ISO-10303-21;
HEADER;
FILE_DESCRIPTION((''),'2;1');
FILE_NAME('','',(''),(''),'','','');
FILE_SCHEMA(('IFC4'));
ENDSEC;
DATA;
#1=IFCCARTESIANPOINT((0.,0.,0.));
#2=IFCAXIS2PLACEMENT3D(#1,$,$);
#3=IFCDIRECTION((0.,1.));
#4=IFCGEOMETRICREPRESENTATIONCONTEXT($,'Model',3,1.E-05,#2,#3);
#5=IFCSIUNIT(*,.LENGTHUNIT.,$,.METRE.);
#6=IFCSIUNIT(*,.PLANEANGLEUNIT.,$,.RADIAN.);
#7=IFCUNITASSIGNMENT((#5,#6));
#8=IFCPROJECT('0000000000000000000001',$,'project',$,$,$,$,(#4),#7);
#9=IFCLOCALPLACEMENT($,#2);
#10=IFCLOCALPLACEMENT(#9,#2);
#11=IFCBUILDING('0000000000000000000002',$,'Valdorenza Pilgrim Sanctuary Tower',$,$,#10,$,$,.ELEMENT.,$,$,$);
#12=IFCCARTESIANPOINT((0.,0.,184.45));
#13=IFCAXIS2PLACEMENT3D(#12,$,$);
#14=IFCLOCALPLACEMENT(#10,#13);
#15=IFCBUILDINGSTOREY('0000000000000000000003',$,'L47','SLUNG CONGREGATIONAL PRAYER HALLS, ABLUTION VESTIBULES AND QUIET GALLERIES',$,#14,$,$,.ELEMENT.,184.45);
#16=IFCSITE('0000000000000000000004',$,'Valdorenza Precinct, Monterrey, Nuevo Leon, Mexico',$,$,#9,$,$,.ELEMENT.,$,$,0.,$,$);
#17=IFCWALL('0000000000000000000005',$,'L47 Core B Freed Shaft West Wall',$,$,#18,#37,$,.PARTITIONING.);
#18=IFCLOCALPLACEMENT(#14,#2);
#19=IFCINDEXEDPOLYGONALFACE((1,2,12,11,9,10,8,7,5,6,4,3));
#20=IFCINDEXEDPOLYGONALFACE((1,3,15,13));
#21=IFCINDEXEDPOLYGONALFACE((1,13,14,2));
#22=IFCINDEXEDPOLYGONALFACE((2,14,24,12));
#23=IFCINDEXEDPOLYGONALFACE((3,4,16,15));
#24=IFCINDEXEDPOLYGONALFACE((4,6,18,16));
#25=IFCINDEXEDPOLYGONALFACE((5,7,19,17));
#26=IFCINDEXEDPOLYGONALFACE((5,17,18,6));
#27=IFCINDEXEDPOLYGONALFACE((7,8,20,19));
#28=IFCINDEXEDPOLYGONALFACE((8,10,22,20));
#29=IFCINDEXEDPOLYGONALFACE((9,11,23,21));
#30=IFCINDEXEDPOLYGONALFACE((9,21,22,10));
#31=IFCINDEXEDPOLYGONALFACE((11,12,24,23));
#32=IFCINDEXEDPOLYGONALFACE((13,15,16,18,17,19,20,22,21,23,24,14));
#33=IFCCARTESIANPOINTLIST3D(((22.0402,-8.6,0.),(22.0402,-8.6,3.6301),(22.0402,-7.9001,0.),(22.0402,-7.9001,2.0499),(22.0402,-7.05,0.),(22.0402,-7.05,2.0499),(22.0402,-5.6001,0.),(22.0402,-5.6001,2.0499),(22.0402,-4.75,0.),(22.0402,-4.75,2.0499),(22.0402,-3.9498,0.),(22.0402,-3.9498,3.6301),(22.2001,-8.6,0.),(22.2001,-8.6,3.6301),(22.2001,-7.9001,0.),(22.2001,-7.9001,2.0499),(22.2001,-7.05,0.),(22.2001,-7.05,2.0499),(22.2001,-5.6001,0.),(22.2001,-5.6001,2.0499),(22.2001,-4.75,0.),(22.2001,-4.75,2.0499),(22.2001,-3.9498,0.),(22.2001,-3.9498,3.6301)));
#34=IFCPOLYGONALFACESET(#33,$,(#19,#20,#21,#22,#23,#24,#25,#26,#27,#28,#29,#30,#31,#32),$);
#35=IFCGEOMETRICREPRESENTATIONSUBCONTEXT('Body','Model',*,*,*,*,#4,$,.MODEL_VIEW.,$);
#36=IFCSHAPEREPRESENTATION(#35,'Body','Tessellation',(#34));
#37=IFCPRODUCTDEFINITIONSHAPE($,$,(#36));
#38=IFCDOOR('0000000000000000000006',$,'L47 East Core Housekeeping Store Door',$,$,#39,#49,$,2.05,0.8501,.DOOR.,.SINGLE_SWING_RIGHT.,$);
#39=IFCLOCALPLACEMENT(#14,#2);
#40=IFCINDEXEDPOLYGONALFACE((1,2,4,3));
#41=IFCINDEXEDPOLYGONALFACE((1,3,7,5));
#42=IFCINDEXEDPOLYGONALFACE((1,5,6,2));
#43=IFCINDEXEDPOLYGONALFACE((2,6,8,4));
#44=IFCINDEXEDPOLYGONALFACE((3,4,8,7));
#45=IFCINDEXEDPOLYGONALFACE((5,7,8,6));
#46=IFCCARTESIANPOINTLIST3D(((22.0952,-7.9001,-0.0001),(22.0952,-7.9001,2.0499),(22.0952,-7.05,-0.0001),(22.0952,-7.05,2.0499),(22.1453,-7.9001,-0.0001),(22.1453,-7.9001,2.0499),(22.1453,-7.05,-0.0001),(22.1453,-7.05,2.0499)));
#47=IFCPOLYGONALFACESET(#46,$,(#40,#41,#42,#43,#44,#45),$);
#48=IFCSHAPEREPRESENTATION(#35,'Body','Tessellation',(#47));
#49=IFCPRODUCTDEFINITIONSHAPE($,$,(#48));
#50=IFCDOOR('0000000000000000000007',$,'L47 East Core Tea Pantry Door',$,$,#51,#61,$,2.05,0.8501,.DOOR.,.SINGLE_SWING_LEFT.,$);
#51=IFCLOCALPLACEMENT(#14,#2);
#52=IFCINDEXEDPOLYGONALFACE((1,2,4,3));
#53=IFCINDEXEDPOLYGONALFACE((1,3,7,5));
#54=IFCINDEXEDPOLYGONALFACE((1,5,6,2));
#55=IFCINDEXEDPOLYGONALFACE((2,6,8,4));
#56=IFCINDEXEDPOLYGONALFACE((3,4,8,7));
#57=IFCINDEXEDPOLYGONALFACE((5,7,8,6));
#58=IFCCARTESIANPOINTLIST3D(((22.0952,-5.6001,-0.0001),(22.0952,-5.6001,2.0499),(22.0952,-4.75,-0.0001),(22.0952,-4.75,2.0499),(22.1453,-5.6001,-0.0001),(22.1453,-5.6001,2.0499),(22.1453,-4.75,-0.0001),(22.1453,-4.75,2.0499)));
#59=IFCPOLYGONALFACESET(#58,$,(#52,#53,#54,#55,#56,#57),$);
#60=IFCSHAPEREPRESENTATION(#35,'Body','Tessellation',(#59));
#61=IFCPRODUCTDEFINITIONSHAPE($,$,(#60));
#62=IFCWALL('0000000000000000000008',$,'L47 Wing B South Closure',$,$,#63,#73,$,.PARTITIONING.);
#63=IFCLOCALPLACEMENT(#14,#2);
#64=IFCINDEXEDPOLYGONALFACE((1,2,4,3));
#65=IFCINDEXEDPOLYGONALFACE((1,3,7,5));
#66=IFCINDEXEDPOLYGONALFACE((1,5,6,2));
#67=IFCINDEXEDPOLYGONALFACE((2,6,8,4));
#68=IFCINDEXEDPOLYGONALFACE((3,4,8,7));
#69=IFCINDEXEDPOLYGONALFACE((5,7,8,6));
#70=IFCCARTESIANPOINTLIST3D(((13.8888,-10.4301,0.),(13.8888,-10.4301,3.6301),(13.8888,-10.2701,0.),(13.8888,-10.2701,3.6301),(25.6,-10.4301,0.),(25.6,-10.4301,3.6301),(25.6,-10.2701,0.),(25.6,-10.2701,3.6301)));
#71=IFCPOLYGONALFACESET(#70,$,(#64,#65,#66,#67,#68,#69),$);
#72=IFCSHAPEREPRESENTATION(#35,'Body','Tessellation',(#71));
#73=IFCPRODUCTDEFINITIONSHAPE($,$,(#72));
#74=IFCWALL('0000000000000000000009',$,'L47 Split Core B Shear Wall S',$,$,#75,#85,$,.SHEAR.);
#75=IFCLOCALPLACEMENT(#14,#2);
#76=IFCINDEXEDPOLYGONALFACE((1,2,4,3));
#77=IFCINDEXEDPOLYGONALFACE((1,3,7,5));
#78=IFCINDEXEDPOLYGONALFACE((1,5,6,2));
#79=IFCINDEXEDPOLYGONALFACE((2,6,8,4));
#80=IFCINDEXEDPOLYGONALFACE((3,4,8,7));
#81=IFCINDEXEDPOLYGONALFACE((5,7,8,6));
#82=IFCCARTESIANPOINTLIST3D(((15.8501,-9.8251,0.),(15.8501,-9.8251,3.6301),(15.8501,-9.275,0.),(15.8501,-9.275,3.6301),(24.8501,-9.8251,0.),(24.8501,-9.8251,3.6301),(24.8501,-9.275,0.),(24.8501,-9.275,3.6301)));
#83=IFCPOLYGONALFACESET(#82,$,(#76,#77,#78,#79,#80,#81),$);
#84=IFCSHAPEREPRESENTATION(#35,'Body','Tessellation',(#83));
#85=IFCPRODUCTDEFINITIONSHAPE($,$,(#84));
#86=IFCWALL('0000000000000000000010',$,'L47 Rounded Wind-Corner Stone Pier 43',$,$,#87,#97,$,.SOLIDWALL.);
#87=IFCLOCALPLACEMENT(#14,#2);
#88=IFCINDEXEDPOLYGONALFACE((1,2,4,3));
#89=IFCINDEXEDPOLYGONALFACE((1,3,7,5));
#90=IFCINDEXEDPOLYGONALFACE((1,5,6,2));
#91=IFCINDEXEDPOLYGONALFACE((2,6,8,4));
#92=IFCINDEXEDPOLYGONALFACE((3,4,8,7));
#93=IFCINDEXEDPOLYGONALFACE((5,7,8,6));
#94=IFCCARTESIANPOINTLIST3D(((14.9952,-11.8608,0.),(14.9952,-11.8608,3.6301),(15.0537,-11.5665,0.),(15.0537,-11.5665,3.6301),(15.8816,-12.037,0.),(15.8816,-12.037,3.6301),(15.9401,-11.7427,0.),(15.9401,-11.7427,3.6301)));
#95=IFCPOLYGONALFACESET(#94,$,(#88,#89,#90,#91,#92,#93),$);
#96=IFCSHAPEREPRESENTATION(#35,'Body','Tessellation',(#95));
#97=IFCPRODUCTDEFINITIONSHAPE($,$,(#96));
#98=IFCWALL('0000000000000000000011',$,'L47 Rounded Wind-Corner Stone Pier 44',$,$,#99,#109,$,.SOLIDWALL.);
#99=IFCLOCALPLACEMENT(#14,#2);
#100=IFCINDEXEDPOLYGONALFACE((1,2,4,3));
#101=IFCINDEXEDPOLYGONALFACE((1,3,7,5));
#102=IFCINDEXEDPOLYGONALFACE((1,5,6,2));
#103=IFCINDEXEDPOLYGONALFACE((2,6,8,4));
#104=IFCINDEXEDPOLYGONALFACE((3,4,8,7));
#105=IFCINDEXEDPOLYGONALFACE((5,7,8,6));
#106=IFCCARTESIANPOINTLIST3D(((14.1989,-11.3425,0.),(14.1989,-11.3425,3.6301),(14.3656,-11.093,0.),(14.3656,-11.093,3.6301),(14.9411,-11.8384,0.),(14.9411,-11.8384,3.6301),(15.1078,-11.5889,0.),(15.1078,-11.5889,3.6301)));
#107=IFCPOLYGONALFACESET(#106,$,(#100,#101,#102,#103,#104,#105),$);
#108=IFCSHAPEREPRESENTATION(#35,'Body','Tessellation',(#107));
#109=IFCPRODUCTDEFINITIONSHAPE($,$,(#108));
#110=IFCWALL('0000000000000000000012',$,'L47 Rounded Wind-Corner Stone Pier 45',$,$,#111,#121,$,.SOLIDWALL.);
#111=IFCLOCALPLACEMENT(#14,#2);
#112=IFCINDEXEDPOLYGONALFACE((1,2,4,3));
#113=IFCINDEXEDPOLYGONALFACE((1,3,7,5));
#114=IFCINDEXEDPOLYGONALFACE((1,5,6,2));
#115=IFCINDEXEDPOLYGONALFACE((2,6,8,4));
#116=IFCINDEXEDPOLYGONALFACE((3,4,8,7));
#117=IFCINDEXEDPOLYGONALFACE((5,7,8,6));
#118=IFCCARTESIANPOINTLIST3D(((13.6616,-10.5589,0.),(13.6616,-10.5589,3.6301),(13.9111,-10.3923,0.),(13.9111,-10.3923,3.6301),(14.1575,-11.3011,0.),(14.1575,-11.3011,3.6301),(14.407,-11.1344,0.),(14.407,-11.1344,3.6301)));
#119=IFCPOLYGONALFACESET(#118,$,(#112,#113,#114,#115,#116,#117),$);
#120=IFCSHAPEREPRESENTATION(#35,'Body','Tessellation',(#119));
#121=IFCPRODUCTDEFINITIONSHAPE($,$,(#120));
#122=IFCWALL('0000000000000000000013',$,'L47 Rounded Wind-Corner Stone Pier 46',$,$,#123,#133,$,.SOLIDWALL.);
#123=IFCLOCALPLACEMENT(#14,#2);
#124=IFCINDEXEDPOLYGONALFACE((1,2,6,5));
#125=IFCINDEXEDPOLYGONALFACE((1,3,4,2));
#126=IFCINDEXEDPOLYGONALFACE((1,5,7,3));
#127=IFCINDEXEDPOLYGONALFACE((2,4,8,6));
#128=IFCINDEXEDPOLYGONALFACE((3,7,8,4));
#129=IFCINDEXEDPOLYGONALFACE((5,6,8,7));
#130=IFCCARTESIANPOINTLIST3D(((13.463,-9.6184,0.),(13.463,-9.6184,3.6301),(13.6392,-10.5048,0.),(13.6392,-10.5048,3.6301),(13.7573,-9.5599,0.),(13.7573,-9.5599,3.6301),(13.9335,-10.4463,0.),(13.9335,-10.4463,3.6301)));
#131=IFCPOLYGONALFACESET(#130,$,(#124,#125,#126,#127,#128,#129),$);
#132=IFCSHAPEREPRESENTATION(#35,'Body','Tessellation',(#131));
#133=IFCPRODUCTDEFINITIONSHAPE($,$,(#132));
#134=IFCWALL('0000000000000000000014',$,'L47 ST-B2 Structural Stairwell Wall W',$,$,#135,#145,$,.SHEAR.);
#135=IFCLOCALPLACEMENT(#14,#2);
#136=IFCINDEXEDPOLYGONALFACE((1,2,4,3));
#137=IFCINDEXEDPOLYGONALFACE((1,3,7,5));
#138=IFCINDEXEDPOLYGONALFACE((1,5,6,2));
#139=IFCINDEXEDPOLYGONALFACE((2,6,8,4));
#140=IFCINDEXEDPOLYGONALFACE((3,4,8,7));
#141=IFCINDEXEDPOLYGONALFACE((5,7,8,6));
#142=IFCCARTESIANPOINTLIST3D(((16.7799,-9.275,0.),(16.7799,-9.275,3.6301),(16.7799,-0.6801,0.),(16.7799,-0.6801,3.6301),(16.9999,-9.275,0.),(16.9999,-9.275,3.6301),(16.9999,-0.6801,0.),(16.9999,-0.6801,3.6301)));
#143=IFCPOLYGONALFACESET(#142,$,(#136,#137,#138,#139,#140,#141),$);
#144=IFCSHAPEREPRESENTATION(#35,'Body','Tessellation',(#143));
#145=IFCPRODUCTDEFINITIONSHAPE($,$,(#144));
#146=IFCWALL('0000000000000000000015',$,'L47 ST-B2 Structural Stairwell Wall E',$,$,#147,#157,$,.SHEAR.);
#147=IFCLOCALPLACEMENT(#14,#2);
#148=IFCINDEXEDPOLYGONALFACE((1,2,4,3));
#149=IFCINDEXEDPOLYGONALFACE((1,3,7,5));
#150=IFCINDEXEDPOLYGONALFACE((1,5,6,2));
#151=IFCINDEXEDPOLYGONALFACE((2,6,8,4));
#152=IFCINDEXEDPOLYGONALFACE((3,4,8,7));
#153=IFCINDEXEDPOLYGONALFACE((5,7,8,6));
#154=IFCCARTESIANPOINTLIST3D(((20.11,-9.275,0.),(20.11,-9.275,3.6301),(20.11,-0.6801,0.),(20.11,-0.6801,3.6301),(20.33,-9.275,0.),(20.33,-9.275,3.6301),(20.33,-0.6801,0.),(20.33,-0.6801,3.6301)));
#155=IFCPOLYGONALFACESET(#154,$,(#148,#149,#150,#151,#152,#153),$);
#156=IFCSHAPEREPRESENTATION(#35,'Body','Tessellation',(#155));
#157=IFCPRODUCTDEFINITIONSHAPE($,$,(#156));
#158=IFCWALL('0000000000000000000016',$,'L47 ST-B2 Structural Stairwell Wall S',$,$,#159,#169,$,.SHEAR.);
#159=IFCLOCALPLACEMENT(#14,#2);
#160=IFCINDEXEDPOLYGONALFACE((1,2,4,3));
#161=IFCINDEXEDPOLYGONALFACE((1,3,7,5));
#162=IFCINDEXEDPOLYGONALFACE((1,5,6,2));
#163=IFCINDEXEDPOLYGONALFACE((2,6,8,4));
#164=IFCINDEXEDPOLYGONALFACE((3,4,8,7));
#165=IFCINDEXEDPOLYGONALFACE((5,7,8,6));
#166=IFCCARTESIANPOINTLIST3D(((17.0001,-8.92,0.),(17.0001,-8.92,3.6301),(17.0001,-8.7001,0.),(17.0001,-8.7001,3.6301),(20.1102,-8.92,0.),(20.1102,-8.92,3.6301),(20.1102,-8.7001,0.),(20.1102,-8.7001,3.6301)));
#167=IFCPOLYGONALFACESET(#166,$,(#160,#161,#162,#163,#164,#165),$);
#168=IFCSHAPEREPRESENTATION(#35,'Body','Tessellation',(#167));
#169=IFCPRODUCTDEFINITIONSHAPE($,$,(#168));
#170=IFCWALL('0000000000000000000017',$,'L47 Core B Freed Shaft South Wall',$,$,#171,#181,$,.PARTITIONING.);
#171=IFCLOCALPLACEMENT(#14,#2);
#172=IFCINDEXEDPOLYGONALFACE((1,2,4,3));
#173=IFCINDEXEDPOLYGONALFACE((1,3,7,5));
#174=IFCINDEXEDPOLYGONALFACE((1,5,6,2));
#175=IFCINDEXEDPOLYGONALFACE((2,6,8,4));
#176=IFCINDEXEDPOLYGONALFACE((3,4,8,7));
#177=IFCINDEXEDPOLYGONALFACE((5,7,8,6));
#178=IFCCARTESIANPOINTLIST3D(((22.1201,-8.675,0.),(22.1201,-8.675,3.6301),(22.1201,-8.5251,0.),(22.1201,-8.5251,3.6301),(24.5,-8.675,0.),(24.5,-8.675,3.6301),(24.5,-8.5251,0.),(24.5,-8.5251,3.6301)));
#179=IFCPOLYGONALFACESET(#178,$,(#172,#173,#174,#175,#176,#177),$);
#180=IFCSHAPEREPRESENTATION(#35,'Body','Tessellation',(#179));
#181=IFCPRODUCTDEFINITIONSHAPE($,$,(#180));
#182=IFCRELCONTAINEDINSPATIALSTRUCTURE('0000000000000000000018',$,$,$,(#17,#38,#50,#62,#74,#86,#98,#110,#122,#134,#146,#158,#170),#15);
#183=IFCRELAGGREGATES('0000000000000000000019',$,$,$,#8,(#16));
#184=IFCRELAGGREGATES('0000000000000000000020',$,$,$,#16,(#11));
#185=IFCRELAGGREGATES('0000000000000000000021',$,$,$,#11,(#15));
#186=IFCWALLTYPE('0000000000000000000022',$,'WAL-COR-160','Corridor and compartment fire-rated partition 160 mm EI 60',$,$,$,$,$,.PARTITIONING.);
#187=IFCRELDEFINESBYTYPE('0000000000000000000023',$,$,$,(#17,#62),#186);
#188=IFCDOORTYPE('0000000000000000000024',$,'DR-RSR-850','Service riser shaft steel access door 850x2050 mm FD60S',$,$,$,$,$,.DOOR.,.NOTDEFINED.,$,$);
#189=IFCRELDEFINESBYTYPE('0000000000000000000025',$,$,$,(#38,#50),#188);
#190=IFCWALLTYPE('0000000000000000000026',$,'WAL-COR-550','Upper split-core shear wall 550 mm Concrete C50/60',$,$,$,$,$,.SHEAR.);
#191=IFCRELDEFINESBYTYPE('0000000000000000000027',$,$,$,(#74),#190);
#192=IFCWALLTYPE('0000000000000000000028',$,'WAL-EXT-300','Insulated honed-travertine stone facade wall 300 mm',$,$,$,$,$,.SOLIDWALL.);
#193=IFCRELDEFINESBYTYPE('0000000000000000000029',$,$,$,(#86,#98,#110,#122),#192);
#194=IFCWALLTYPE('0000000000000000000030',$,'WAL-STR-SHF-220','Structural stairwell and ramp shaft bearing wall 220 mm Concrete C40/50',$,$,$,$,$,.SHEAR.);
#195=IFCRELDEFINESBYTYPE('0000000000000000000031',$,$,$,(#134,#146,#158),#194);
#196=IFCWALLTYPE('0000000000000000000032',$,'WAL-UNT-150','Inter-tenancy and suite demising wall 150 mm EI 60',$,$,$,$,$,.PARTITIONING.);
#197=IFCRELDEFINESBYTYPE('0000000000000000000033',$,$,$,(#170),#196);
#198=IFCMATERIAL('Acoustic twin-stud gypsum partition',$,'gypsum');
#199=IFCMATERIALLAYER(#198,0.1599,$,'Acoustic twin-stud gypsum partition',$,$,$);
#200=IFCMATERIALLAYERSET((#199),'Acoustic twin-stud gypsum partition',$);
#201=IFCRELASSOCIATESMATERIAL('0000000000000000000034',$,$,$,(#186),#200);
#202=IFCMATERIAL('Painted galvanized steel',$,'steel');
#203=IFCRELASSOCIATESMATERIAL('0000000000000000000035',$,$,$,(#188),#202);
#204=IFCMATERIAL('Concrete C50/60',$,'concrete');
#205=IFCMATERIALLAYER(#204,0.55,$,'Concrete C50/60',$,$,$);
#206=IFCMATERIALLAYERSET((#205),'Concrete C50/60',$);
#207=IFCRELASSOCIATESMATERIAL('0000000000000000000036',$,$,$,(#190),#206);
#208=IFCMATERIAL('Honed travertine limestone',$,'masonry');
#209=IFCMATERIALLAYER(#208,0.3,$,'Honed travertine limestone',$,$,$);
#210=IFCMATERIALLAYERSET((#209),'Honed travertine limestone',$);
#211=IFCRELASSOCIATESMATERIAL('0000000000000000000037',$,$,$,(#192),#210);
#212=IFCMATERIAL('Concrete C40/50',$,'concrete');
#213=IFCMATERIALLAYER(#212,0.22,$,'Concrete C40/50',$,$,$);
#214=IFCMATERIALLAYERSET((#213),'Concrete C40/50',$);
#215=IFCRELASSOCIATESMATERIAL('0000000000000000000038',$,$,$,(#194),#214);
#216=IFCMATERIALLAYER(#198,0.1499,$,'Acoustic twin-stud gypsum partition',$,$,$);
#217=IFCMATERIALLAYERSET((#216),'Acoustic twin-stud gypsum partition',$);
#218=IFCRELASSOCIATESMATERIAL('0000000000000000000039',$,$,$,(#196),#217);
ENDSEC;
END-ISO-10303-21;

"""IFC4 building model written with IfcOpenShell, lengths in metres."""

from ifc_helpers import new_model, si_unit, direction, frame, frame_2d, origin, place, context, subcontext, project, spatial, rectangle, extrude, material, layer, layer_set, type_object, element, fill, save


model = new_model("IFC4")

# Units and contexts
model_context = context("Model", 3, precision=1e-05, world=origin(), true_north=direction((0.0, 1.0)))
body_context = subcontext(model_context, "Body", "Model", "MODEL_VIEW")
ifc_project = project(units=[si_unit("LENGTHUNIT", "METRE"), si_unit("PLANEANGLEUNIT", "RADIAN")], contexts=[model_context])

# Site, building, storey
site_placement = place(None, origin())
site = spatial("IfcSite", under=ifc_project, at=site_placement, Name="Valdorenza Precinct, Monterrey, Nuevo Leon, Mexico", CompositionType="ELEMENT", RefElevation=0.0)
building_placement = place(site_placement, origin())
building = spatial("IfcBuilding", under=site, at=building_placement, Name="Valdorenza Pilgrim Sanctuary Tower", CompositionType="ELEMENT")
storey_placement = place(building_placement, frame((0.0, 0.0, 184.45)))
storey = spatial("IfcBuildingStorey", under=building, at=storey_placement, Name="L47", Description="SLUNG CONGREGATIONAL PRAYER HALLS, ABLUTION VESTIBULES AND QUIET GALLERIES", CompositionType="ELEMENT", Elevation=184.45)

# Shared definitions
ifc_material_1 = material(Name="Concrete C50/60", Category="concrete")

# Shared definitions
ifc_material_2 = material(Name="Acoustic twin-stud gypsum partition", Category="gypsum")
ifc_layer_1 = layer(ifc_material_2, 0.1599, Name="Acoustic twin-stud gypsum partition")
ifc_layer_set_1 = layer_set([ifc_layer_1], Name="Acoustic twin-stud gypsum partition")
wall_type_1 = type_object("IfcWallType", Name="WAL-COR-160", Description="Corridor and compartment fire-rated partition 160 mm EI 60", PredefinedType="PARTITIONING", material=ifc_layer_set_1)

# Wall, openings, doors
wall_1_placement = place(storey_placement, frame((22.1201, -8.6001, 0.0), z_axis=(0.0, 0.0, 1.0), x_axis=(0.0, 1.0, 0.0)))
wall_1 = element("IfcWall", 1, at=wall_1_placement, inside=storey, type_object=wall_type_1, Name="L47 Core B Freed Shaft West Wall", PredefinedType="PARTITIONING", context=body_context, shape_type="SweptSolid", body=[
    extrude(rectangle(XDim=4.6501, YDim=0.1599, at=frame_2d((2.3252, 0.0))), origin(), (0.0, 0.0, 1.0), 3.6301),
])
opening_1_placement = place(wall_1_placement, frame((0.7, 0.0, 0.0)))
opening_1 = element("IfcOpeningElement", 2, at=opening_1_placement, cuts=wall_1, PredefinedType="OPENING", context=body_context, shape_type="SweptSolid", body=[
    extrude(rectangle(XDim=0.8501, YDim=2.05, at=frame_2d((0.425, 1.0249))), frame((0.0, 0.0947, 0.0), z_axis=(0.0, -1.0, 0.0), x_axis=(1.0, 0.0, 0.0)), (0.0, 0.0, 1.0), 0.1897),
])
opening_2_placement = place(wall_1_placement, frame((3.0, 0.0, 0.0)))
opening_2 = element("IfcOpeningElement", 3, at=opening_2_placement, cuts=wall_1, PredefinedType="OPENING", context=body_context, shape_type="SweptSolid", body=[
    extrude(rectangle(XDim=0.8501, YDim=2.05, at=frame_2d((0.425, 1.0249))), frame((0.0, 0.0947, 0.0), z_axis=(0.0, -1.0, 0.0), x_axis=(1.0, 0.0, 0.0)), (0.0, 0.0, 1.0), 0.1897),
])
ifc_material_3 = material(Name="Painted galvanized steel", Category="steel")
door_type = type_object("IfcDoorType", Name="DR-RSR-850", Description="Service riser shaft steel access door 850x2050 mm FD60S", OperationType="NOTDEFINED", PredefinedType="DOOR", material=ifc_material_3)
door_1_placement = place(opening_1_placement, origin())
door_1 = element("IfcDoor", 4, at=door_1_placement, inside=storey, type_object=door_type, Name="L47 East Core Housekeeping Store Door", OperationType="SINGLE_SWING_RIGHT", OverallHeight=2.05, OverallWidth=0.8501, PredefinedType="DOOR", context=body_context, shape_type="SweptSolid", body=[
    extrude(rectangle(XDim=0.8501, YDim=2.05, at=frame_2d((0.425, 1.0249))), frame((0.0, 0.0249, 0.0), z_axis=(0.0, -1.0, 0.0), x_axis=(1.0, 0.0, 0.0)), (0.0, 0.0, 1.0), 0.05),
])
fill(opening_1, door_1)
door_2_placement = place(opening_2_placement, origin())
door_2 = element("IfcDoor", 5, at=door_2_placement, inside=storey, type_object=door_type, Name="L47 East Core Tea Pantry Door", OperationType="SINGLE_SWING_LEFT", OverallHeight=2.05, OverallWidth=0.8501, PredefinedType="DOOR", context=body_context, shape_type="SweptSolid", body=[
    extrude(rectangle(XDim=0.8501, YDim=2.05, at=frame_2d((0.425, 1.0249))), frame((0.0, 0.0249, 0.0), z_axis=(0.0, -1.0, 0.0), x_axis=(1.0, 0.0, 0.0)), (0.0, 0.0, 1.0), 0.05),
])
fill(opening_2, door_2)

# Walls
wall_2_placement = place(storey_placement, frame((13.8889, -10.3501, 0.0), z_axis=(0.0, 0.0, 1.0), x_axis=(1.0, 0.0, 0.0)))
element("IfcWall", 6, at=wall_2_placement, inside=storey, type_object=wall_type_1, Name="L47 Wing B South Closure", PredefinedType="PARTITIONING", context=body_context, shape_type="SweptSolid", body=[
    extrude(rectangle(XDim=11.7112, YDim=0.1599, at=frame_2d((5.8555, 0.0))), origin(), (0.0, 0.0, 1.0), 3.6301),
])
ifc_layer_2 = layer(ifc_material_1, 0.55, Name="Concrete C50/60")
ifc_layer_set_2 = layer_set([ifc_layer_2], Name="Concrete C50/60")
wall_type_2 = type_object("IfcWallType", Name="WAL-COR-550", Description="Upper split-core shear wall 550 mm Concrete C50/60", PredefinedType="SHEAR", material=ifc_layer_set_2)
wall_3_placement = place(storey_placement, frame((15.8501, -9.55, 0.0), z_axis=(0.0, 0.0, 1.0), x_axis=(1.0, 0.0, 0.0)))
element("IfcWall", 7, at=wall_3_placement, inside=storey, type_object=wall_type_2, Name="L47 Split Core B Shear Wall S", PredefinedType="SHEAR", context=body_context, shape_type="SweptSolid", body=[
    extrude(rectangle(XDim=9.0, YDim=0.55, at=frame_2d((4.5, 0.0))), origin(), (0.0, 0.0, 1.0), 3.6301),
])
ifc_material_4 = material(Name="Honed travertine limestone", Category="masonry")
ifc_layer_3 = layer(ifc_material_4, 0.3, Name="Honed travertine limestone")
ifc_layer_set_3 = layer_set([ifc_layer_3], Name="Honed travertine limestone")
wall_type_3 = type_object("IfcWallType", Name="WAL-EXT-300", Description="Insulated honed-travertine stone facade wall 300 mm", PredefinedType="SOLIDWALL", material=ifc_layer_set_3)
wall_4_placement = place(storey_placement, frame((15.9109, -11.8899, 0.0), z_axis=(0.0, 0.0, 1.0), x_axis=(-0.980798, 0.195025, 0.0)))
element("IfcWall", 8, at=wall_4_placement, inside=storey, type_object=wall_type_3, Name="L47 Rounded Wind-Corner Stone Pier 43", PredefinedType="SOLIDWALL", context=body_context, shape_type="SweptSolid", body=[
    extrude(rectangle(XDim=0.9038, YDim=0.3, at=frame_2d((0.4519, 0.0))), origin(), (0.0, 0.0, 1.0), 3.6301),
])
for number, where, z_axis, x_axis, name in (
    (9, (15.0244, -11.7136, 0.0), (0.0, 0.0, 1.0), (-0.831503, 0.55552, 0.0), "L47 Rounded Wind-Corner Stone Pier 44"),
    (10, (14.2822, -11.2178, 0.0), (0.0, 0.0, 1.0), (-0.55552, 0.831503, 0.0), "L47 Rounded Wind-Corner Stone Pier 45"),
):
    element("IfcWall", number, at=place(storey_placement, frame(where, z_axis=z_axis, x_axis=x_axis)), inside=storey, type_object=wall_type_3, Name=name, PredefinedType="SOLIDWALL", context=body_context, shape_type="SweptSolid", body=[
        extrude(rectangle(XDim=0.8926, YDim=0.3, at=frame_2d((0.4463, 0.0))), origin(), (0.0, 0.0, 1.0), 3.6301),
    ])
wall_5_placement = place(storey_placement, frame((13.7864, -10.4756, 0.0), z_axis=(0.0, 0.0, 1.0), x_axis=(-0.195025, 0.980798, 0.0)))
element("IfcWall", 11, at=wall_5_placement, inside=storey, type_object=wall_type_3, Name="L47 Rounded Wind-Corner Stone Pier 46", PredefinedType="SOLIDWALL", context=body_context, shape_type="SweptSolid", body=[
    extrude(rectangle(XDim=0.9038, YDim=0.3, at=frame_2d((0.4519, 0.0))), origin(), (0.0, 0.0, 1.0), 3.6301),
])
ifc_material_5 = material(Name="Concrete C40/50", Category="concrete")
ifc_layer_4 = layer(ifc_material_5, 0.22, Name="Concrete C40/50")
ifc_layer_set_4 = layer_set([ifc_layer_4], Name="Concrete C40/50")
wall_type_4 = type_object("IfcWallType", Name="WAL-STR-SHF-220", Description="Structural stairwell and ramp shaft bearing wall 220 mm Concrete C40/50", PredefinedType="SHEAR", material=ifc_layer_set_4)
for number, where, z_axis, x_axis, name in (
    (12, (16.8899, -9.2749, 0.0), (0.0, 0.0, 1.0), (0.0, 1.0, 0.0), "L47 ST-B2 Structural Stairwell Wall W"),
    (13, (20.22, -9.2749, 0.0), (0.0, 0.0, 1.0), (0.0, 1.0, 0.0), "L47 ST-B2 Structural Stairwell Wall E"),
):
    element("IfcWall", number, at=place(storey_placement, frame(where, z_axis=z_axis, x_axis=x_axis)), inside=storey, type_object=wall_type_4, Name=name, PredefinedType="SHEAR", context=body_context, shape_type="SweptSolid", body=[
        extrude(rectangle(XDim=8.595, YDim=0.22, at=frame_2d((4.2974, 0.0))), origin(), (0.0, 0.0, 1.0), 3.6301),
    ])
wall_6_placement = place(storey_placement, frame((17.0, -8.8101, 0.0), z_axis=(0.0, 0.0, 1.0), x_axis=(1.0, 0.0, 0.0)))
element("IfcWall", 14, at=wall_6_placement, inside=storey, type_object=wall_type_4, Name="L47 ST-B2 Structural Stairwell Wall S", PredefinedType="SHEAR", context=body_context, shape_type="SweptSolid", body=[
    extrude(rectangle(XDim=3.1101, YDim=0.22, at=frame_2d((1.5552, 0.0))), origin(), (0.0, 0.0, 1.0), 3.6301),
])
ifc_layer_5 = layer(ifc_material_2, 0.1499, Name="Acoustic twin-stud gypsum partition")
ifc_layer_set_5 = layer_set([ifc_layer_5], Name="Acoustic twin-stud gypsum partition")
wall_type_5 = type_object("IfcWallType", Name="WAL-UNT-150", Description="Inter-tenancy and suite demising wall 150 mm EI 60", PredefinedType="PARTITIONING", material=ifc_layer_set_5)
wall_7_placement = place(storey_placement, frame((22.1201, -8.6001, 0.0), z_axis=(0.0, 0.0, 1.0), x_axis=(1.0, 0.0, 0.0)))
element("IfcWall", 15, at=wall_7_placement, inside=storey, type_object=wall_type_5, Name="L47 Core B Freed Shaft South Wall", PredefinedType="PARTITIONING", context=body_context, shape_type="SweptSolid", body=[
    extrude(rectangle(XDim=2.3799, YDim=0.1499, at=frame_2d((1.1899, 0.0))), origin(), (0.0, 0.0, 1.0), 3.6301),
])

save(model, "model.ifc")
